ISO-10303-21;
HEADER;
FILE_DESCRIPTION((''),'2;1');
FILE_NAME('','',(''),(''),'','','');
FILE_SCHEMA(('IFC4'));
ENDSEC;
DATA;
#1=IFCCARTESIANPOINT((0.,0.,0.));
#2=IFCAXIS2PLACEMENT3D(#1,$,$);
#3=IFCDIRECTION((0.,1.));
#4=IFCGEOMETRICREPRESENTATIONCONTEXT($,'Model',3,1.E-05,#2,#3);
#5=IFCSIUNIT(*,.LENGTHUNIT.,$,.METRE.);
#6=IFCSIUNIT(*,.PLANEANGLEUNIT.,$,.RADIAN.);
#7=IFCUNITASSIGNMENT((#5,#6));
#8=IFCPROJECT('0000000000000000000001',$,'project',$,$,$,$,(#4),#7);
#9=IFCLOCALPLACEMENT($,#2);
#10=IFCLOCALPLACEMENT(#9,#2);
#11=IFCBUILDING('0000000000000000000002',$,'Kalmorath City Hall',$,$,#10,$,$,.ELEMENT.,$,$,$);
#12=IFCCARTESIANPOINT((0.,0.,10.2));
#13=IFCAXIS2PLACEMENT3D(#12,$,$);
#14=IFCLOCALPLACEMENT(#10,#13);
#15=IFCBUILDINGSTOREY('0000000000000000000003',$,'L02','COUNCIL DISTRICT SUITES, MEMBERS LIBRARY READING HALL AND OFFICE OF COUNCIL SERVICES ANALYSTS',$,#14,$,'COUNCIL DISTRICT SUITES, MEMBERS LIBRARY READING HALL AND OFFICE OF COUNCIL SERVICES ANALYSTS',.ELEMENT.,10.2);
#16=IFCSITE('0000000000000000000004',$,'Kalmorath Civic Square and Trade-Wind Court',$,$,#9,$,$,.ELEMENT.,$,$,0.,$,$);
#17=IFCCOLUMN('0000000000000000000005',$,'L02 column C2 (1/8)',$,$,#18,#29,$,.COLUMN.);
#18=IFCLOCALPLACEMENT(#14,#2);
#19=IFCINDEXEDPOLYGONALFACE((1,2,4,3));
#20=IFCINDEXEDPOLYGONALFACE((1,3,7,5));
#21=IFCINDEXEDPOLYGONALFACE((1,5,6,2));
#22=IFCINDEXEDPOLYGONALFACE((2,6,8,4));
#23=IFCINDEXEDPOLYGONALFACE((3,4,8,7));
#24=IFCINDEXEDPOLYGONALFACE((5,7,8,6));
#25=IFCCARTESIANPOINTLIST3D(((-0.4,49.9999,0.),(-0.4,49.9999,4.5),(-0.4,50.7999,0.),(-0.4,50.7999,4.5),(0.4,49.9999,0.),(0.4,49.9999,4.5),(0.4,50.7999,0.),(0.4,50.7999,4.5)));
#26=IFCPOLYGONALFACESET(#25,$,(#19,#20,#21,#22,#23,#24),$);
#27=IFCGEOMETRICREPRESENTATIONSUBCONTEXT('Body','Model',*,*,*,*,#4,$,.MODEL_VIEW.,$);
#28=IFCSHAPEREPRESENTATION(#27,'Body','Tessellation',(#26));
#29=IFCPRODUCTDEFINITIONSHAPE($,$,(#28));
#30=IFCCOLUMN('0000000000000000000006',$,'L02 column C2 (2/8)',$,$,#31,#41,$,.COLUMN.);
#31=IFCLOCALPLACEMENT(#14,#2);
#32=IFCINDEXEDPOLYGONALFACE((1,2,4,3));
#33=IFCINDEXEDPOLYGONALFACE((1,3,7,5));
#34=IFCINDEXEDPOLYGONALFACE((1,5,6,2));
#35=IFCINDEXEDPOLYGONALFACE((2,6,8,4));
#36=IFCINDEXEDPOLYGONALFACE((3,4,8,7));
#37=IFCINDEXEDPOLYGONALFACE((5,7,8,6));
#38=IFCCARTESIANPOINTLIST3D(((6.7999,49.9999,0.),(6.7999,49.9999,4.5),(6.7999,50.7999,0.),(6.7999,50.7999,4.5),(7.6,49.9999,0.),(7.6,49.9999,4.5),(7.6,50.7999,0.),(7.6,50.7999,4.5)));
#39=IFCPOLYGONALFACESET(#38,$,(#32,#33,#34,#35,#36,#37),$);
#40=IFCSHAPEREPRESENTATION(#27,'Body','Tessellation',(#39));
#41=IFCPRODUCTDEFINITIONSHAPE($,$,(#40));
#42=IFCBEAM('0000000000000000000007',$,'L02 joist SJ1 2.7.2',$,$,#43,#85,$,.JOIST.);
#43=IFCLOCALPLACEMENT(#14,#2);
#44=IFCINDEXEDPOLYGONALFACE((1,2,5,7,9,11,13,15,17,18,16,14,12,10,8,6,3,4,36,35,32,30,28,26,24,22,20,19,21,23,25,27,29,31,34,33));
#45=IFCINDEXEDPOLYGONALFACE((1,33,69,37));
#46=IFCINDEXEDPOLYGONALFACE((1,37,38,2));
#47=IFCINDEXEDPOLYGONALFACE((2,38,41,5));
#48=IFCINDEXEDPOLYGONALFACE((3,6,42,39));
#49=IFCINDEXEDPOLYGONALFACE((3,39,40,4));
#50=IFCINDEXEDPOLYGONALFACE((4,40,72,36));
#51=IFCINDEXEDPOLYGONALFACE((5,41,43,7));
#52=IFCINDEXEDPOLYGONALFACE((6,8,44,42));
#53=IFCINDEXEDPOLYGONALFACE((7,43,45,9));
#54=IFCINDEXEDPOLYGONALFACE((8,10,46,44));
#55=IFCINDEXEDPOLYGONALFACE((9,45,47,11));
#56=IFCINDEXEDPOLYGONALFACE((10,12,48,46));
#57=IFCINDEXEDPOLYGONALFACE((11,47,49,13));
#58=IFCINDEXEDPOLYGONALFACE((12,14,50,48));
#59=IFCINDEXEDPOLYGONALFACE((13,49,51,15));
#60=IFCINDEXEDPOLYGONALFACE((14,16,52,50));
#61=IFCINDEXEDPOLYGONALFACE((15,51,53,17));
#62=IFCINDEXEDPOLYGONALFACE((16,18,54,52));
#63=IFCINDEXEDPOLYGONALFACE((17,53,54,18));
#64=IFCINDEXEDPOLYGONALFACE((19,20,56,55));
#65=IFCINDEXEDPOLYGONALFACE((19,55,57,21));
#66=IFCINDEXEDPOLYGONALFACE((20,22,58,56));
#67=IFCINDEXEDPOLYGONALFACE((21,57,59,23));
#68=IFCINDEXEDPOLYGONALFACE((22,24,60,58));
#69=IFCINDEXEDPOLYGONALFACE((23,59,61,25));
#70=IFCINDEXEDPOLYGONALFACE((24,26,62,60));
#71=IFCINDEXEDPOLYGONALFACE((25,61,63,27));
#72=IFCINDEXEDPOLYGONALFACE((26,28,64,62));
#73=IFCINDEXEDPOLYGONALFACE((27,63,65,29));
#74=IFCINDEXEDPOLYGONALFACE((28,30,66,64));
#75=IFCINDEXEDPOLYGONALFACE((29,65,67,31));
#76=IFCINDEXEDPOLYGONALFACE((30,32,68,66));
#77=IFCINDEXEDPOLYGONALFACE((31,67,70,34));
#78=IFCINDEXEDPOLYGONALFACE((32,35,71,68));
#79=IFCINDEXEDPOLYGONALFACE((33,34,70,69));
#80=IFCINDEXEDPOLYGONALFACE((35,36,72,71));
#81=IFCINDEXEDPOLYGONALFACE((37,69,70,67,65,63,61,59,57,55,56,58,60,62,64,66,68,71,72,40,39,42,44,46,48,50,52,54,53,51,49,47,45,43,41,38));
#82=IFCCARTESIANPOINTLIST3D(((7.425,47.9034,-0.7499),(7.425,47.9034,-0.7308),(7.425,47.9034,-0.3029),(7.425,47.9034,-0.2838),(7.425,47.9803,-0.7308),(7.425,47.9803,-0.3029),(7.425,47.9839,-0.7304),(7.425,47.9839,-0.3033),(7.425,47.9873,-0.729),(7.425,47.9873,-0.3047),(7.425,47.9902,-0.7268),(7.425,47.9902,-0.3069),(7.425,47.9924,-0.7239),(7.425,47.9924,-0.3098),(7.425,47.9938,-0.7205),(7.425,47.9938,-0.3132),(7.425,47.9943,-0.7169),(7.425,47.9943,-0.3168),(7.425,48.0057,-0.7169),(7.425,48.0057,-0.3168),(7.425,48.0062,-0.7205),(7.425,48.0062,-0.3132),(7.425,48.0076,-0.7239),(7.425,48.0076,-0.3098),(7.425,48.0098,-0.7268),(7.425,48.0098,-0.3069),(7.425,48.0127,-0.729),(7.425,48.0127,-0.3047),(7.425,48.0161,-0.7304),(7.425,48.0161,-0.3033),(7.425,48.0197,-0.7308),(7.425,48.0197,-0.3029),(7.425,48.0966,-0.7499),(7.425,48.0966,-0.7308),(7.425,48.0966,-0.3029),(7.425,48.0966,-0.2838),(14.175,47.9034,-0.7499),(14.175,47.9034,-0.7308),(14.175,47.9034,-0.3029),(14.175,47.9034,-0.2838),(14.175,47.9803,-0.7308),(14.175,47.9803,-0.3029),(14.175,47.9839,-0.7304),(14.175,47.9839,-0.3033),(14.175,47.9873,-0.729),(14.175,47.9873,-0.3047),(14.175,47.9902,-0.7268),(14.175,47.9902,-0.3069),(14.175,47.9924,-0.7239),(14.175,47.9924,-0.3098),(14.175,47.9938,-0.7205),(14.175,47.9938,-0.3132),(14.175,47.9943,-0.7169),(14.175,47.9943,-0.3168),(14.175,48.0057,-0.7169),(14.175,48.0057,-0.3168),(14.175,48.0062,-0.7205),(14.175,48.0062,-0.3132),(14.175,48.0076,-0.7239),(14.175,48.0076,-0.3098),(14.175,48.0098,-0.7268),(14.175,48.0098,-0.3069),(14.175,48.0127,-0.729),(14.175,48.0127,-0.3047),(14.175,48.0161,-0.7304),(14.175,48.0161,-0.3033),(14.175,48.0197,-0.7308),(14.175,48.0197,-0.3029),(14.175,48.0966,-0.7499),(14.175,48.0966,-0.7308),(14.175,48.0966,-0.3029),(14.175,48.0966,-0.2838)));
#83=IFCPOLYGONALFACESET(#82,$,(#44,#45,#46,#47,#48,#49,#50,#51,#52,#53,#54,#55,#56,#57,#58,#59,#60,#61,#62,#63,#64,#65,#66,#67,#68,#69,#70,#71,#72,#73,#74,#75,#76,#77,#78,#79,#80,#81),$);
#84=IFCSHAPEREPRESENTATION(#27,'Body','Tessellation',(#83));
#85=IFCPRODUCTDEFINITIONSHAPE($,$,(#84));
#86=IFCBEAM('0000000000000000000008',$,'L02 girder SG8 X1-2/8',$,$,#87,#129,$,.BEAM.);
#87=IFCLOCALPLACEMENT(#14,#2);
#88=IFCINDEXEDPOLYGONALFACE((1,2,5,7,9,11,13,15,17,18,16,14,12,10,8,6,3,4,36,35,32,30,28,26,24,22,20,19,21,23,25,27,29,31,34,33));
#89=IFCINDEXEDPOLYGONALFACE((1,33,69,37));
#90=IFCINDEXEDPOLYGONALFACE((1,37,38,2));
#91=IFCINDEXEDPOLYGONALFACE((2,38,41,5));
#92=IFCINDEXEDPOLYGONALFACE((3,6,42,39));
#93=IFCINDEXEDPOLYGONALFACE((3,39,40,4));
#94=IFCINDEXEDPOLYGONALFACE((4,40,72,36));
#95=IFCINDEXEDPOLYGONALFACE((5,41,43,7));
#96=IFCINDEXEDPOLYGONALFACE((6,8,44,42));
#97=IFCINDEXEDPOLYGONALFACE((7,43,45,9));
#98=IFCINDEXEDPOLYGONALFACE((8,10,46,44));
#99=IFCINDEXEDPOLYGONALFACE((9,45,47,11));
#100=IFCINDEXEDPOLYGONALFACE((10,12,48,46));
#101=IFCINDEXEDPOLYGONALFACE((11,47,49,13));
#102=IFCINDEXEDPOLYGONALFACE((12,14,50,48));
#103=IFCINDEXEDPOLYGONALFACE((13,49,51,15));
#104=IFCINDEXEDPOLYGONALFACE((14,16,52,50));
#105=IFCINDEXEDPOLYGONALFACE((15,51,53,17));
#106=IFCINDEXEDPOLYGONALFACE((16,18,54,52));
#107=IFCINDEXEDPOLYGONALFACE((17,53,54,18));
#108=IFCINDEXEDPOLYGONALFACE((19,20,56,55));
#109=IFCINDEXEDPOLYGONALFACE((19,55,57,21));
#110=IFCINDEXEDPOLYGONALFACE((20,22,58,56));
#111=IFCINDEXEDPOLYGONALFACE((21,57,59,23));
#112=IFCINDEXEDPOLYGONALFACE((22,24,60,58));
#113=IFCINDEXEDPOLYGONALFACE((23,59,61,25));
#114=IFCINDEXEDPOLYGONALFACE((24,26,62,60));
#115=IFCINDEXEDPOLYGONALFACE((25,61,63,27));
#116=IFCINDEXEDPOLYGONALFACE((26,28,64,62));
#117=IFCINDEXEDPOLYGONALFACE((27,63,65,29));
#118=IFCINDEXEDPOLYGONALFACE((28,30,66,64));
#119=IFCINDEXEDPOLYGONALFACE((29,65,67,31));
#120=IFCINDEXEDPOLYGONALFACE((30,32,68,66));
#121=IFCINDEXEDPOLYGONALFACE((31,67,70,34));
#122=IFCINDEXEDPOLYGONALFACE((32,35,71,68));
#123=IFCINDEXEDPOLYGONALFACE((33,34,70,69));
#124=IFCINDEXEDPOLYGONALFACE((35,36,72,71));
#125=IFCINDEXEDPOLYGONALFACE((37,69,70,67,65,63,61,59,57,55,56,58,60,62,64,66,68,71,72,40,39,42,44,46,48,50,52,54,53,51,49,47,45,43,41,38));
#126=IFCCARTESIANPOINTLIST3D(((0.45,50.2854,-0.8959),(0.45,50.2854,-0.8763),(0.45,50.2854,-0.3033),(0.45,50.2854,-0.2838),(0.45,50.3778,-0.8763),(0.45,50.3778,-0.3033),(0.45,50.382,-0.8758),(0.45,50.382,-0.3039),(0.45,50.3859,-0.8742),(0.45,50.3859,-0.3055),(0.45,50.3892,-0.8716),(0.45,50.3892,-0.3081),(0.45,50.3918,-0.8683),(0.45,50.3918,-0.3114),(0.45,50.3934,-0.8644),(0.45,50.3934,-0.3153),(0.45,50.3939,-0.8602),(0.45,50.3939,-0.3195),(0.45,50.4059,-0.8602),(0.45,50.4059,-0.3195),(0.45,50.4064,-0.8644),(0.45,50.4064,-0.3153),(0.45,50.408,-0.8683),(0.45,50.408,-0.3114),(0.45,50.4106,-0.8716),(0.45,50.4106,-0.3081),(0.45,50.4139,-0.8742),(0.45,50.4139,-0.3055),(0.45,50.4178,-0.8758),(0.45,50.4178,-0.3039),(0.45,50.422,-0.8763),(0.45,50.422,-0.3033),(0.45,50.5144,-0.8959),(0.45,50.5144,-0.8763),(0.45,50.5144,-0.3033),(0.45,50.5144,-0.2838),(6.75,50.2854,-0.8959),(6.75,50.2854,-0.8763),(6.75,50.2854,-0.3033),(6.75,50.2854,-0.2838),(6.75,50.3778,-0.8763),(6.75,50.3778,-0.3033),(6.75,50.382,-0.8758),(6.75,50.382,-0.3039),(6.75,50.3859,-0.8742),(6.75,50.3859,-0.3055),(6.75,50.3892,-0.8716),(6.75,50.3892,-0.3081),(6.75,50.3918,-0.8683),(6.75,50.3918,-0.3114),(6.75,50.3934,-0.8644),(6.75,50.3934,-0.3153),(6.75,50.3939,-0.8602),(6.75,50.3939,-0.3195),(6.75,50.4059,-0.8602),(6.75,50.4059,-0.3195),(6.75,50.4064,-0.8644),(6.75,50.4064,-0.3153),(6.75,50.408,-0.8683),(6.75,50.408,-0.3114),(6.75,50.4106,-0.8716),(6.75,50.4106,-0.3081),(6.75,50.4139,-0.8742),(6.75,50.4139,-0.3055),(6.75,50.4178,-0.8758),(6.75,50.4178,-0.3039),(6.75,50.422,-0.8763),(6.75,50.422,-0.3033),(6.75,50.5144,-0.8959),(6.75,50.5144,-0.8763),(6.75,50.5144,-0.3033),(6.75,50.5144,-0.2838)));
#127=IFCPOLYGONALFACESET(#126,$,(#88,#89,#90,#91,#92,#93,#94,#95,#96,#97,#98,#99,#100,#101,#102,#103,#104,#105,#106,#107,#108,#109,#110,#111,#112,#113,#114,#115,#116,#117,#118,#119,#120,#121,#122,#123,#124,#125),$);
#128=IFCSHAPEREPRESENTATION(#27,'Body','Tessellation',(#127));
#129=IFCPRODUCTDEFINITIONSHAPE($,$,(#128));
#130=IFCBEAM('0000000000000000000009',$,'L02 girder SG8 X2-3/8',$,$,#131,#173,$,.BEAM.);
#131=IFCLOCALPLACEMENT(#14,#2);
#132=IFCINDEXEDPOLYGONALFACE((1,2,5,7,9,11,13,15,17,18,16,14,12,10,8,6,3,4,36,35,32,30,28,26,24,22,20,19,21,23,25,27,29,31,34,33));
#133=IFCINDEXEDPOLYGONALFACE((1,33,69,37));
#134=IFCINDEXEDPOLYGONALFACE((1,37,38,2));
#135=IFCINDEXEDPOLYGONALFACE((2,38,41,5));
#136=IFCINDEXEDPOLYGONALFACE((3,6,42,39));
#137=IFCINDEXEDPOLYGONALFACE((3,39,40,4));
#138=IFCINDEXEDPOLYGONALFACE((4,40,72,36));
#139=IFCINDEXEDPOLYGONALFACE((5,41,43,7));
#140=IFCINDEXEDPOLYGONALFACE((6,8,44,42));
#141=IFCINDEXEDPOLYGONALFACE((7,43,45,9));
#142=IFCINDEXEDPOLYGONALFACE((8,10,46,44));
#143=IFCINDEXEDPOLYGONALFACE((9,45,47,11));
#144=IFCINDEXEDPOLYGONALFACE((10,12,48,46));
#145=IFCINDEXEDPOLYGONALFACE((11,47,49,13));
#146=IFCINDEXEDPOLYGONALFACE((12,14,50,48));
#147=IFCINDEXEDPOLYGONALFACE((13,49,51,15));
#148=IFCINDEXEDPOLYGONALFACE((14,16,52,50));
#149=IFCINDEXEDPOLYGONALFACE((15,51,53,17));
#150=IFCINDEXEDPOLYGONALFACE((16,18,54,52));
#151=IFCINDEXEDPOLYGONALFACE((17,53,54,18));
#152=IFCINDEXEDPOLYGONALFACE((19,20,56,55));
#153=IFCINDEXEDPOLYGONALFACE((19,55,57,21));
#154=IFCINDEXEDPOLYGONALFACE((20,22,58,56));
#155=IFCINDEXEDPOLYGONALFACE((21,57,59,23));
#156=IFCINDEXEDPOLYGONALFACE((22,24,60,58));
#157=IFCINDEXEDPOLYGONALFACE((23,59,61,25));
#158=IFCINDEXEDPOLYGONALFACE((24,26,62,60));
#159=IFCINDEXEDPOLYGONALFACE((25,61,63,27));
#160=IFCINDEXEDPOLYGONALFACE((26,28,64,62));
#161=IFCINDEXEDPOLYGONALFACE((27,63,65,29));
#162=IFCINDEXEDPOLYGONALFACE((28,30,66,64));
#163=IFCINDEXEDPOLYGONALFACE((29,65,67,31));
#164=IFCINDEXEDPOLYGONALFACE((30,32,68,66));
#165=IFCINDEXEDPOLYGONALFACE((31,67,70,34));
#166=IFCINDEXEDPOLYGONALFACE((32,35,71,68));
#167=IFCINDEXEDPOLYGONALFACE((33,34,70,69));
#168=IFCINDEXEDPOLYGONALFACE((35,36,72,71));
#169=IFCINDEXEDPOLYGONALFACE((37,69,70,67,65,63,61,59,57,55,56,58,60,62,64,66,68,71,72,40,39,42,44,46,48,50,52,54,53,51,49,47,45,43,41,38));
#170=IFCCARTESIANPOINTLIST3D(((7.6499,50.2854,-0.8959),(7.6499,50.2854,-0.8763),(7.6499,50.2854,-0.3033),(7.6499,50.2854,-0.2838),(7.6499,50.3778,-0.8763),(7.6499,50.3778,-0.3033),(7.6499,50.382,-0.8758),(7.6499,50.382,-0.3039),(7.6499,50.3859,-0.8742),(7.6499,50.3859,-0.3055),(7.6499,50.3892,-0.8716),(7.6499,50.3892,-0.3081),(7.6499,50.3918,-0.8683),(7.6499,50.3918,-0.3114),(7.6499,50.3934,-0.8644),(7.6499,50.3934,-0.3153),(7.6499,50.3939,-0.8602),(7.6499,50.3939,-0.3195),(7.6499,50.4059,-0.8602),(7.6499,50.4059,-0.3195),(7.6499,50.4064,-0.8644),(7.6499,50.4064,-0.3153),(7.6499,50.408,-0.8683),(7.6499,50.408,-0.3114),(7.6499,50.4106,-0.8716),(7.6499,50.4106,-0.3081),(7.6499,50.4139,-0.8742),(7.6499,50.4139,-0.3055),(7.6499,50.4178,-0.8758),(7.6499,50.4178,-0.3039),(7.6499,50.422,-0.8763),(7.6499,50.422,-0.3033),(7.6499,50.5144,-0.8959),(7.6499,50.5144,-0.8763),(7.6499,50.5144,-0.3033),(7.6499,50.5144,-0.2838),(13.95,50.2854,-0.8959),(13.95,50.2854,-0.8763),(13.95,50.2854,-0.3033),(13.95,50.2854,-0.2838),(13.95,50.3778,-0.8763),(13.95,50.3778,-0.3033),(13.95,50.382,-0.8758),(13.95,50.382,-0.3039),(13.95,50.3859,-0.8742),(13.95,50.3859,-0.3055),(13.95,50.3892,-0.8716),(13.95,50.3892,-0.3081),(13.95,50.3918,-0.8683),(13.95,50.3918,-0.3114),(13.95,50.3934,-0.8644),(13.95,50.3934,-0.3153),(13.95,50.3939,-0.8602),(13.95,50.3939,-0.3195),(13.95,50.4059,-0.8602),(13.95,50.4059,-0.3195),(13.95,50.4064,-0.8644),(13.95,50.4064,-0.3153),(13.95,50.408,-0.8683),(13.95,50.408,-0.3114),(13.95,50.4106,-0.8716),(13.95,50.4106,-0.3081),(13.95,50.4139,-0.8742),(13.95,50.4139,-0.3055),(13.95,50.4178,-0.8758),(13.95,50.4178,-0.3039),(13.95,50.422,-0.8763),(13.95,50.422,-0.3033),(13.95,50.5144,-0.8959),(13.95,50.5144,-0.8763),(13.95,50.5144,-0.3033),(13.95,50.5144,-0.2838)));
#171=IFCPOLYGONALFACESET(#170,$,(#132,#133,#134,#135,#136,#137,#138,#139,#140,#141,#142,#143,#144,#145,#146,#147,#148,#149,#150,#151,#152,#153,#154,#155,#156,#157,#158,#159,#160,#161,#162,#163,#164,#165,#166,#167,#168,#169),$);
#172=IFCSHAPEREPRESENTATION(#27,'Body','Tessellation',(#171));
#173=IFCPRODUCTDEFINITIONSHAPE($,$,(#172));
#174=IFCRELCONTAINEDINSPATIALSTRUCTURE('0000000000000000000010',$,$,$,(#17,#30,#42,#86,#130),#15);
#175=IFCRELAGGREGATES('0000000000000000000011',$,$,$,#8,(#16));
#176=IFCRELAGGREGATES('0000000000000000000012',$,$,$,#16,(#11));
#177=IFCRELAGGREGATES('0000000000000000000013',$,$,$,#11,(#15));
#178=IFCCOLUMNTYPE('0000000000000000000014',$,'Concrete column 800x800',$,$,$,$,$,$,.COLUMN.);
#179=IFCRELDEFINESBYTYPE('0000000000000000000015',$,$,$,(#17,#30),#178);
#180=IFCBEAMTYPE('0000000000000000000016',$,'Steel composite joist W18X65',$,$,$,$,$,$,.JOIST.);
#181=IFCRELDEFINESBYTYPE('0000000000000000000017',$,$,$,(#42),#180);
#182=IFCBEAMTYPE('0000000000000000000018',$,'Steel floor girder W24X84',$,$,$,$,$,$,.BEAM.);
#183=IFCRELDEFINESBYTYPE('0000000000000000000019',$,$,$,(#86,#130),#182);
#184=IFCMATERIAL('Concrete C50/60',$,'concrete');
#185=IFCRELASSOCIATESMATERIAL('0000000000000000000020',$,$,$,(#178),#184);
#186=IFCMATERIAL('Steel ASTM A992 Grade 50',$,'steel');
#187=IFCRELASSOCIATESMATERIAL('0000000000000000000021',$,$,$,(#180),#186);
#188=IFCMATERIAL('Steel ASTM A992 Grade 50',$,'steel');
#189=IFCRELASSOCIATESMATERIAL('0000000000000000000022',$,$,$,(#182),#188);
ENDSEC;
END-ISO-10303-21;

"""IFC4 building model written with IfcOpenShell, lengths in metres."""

from ifc_helpers import new_model, si_unit, direction, frame, origin, origin_2d, place, context, subcontext, project, spatial, rectangle, i_section, extrude, material, material_profile, profile_set, type_object, element, save


model = new_model("IFC4")

# Units and contexts
model_context = context("Model", 3, precision=1e-05, world=origin(), true_north=direction((0.0, 1.0)))
body_context = subcontext(model_context, "Body", "Model", "MODEL_VIEW")
ifc_project = project(units=[si_unit("LENGTHUNIT", "METRE"), si_unit("PLANEANGLEUNIT", "RADIAN")], contexts=[model_context])

# Site, building, storey
site_placement = place(None, origin())
site = spatial("IfcSite", under=ifc_project, at=site_placement, Name="Kalmorath Civic Square and Trade-Wind Court", CompositionType="ELEMENT", RefElevation=0.0)
building_placement = place(site_placement, origin())
building = spatial("IfcBuilding", under=site, at=building_placement, Name="Kalmorath City Hall", CompositionType="ELEMENT")
storey_placement = place(building_placement, frame((0.0, 0.0, 10.2)))
storey = spatial("IfcBuildingStorey", under=building, at=storey_placement, Name="L02", Description="COUNCIL DISTRICT SUITES, MEMBERS LIBRARY READING HALL AND OFFICE OF COUNCIL SERVICES ANALYSTS", LongName="COUNCIL DISTRICT SUITES, MEMBERS LIBRARY READING HALL AND OFFICE OF COUNCIL SERVICES ANALYSTS", CompositionType="ELEMENT", Elevation=10.2)

# Columns
ifc_material_1 = material(Name="Concrete C50/60", Category="concrete")
ifc_material_profile_1 = material_profile(ifc_material_1, rectangle(XDim=0.8, YDim=0.8, at=origin_2d()), Name="RC-COL-800X800")
ifc_profile_set_1 = profile_set([ifc_material_profile_1], Name="Concrete C50/60")
column_type = type_object("IfcColumnType", Name="Concrete column 800x800", PredefinedType="COLUMN", material=ifc_profile_set_1)
for number, where, z_axis, x_axis, name in (
    (1, (0.0, 50.3999, 0.0), (0.0, 0.0, 1.0), (1.0, 0.0, 0.0), "L02 column C2 (1/8)"),
    (2, (7.2, 50.3999, 0.0), (0.0, 0.0, 1.0), (1.0, 0.0, 0.0), "L02 column C2 (2/8)"),
):
    element("IfcColumn", number, at=place(storey_placement, frame(where, z_axis=z_axis, x_axis=x_axis)), inside=storey, type_object=column_type, Name=name, PredefinedType="COLUMN", context=body_context, shape_type="SweptSolid", body=[
        extrude(rectangle(XDim=0.8, YDim=0.8, at=origin_2d()), origin(), (0.0, 0.0, 1.0), 4.5),
    ])

# Beams
ifc_material_2 = material(Name="Steel ASTM A992 Grade 50", Category="steel")
ifc_material_profile_2 = material_profile(ifc_material_2, i_section(OverallWidth=0.1931, OverallDepth=0.4661, WebThickness=0.0115, FlangeThickness=0.019, FilletRadius=0.0139, at=origin_2d()), Name="W18X65")
ifc_profile_set_2 = profile_set([ifc_material_profile_2], Name="Steel ASTM A992 Grade 50")
beam_type_1 = type_object("IfcBeamType", Name="Steel composite joist W18X65", PredefinedType="JOIST", material=ifc_profile_set_2)
beam_1_placement = place(storey_placement, frame((7.425, 48.0, -0.5168), z_axis=(1.0, 0.0, 0.0), x_axis=(0.0, 1.0, 0.0)))
element("IfcBeam", 3, at=beam_1_placement, inside=storey, type_object=beam_type_1, Name="L02 joist SJ1 2.7.2", PredefinedType="JOIST", context=body_context, shape_type="SweptSolid", body=[
    extrude(i_section(OverallWidth=0.1931, OverallDepth=0.4661, WebThickness=0.0115, FlangeThickness=0.019, FilletRadius=0.0139, at=origin_2d()), origin(), (0.0, 0.0, 1.0), 6.75),
])
ifc_material_3 = material(Name="Steel ASTM A992 Grade 50", Category="steel")
ifc_material_profile_3 = material_profile(ifc_material_3, i_section(OverallWidth=0.229, OverallDepth=0.6121, WebThickness=0.012, FlangeThickness=0.0195, FilletRadius=0.0161, at=origin_2d()), Name="W24X84")
ifc_profile_set_3 = profile_set([ifc_material_profile_3], Name="Steel ASTM A992 Grade 50")
beam_type_2 = type_object("IfcBeamType", Name="Steel floor girder W24X84", PredefinedType="BEAM", material=ifc_profile_set_3)
for number, where, z_axis, x_axis, name in (
    (4, (0.45, 50.3999, -0.5898), (1.0, 0.0, 0.0), (0.0, 1.0, 0.0), "L02 girder SG8 X1-2/8"),
    (5, (7.6499, 50.3999, -0.5898), (1.0, 0.0, 0.0), (0.0, 1.0, 0.0), "L02 girder SG8 X2-3/8"),
):
    element("IfcBeam", number, at=place(storey_placement, frame(where, z_axis=z_axis, x_axis=x_axis)), inside=storey, type_object=beam_type_2, Name=name, PredefinedType="BEAM", context=body_context, shape_type="SweptSolid", body=[
        extrude(i_section(OverallWidth=0.229, OverallDepth=0.6121, WebThickness=0.012, FlangeThickness=0.0195, FilletRadius=0.0161, at=origin_2d()), origin(), (0.0, 0.0, 1.0), 6.3),
    ])

save(model, "model.ifc")
